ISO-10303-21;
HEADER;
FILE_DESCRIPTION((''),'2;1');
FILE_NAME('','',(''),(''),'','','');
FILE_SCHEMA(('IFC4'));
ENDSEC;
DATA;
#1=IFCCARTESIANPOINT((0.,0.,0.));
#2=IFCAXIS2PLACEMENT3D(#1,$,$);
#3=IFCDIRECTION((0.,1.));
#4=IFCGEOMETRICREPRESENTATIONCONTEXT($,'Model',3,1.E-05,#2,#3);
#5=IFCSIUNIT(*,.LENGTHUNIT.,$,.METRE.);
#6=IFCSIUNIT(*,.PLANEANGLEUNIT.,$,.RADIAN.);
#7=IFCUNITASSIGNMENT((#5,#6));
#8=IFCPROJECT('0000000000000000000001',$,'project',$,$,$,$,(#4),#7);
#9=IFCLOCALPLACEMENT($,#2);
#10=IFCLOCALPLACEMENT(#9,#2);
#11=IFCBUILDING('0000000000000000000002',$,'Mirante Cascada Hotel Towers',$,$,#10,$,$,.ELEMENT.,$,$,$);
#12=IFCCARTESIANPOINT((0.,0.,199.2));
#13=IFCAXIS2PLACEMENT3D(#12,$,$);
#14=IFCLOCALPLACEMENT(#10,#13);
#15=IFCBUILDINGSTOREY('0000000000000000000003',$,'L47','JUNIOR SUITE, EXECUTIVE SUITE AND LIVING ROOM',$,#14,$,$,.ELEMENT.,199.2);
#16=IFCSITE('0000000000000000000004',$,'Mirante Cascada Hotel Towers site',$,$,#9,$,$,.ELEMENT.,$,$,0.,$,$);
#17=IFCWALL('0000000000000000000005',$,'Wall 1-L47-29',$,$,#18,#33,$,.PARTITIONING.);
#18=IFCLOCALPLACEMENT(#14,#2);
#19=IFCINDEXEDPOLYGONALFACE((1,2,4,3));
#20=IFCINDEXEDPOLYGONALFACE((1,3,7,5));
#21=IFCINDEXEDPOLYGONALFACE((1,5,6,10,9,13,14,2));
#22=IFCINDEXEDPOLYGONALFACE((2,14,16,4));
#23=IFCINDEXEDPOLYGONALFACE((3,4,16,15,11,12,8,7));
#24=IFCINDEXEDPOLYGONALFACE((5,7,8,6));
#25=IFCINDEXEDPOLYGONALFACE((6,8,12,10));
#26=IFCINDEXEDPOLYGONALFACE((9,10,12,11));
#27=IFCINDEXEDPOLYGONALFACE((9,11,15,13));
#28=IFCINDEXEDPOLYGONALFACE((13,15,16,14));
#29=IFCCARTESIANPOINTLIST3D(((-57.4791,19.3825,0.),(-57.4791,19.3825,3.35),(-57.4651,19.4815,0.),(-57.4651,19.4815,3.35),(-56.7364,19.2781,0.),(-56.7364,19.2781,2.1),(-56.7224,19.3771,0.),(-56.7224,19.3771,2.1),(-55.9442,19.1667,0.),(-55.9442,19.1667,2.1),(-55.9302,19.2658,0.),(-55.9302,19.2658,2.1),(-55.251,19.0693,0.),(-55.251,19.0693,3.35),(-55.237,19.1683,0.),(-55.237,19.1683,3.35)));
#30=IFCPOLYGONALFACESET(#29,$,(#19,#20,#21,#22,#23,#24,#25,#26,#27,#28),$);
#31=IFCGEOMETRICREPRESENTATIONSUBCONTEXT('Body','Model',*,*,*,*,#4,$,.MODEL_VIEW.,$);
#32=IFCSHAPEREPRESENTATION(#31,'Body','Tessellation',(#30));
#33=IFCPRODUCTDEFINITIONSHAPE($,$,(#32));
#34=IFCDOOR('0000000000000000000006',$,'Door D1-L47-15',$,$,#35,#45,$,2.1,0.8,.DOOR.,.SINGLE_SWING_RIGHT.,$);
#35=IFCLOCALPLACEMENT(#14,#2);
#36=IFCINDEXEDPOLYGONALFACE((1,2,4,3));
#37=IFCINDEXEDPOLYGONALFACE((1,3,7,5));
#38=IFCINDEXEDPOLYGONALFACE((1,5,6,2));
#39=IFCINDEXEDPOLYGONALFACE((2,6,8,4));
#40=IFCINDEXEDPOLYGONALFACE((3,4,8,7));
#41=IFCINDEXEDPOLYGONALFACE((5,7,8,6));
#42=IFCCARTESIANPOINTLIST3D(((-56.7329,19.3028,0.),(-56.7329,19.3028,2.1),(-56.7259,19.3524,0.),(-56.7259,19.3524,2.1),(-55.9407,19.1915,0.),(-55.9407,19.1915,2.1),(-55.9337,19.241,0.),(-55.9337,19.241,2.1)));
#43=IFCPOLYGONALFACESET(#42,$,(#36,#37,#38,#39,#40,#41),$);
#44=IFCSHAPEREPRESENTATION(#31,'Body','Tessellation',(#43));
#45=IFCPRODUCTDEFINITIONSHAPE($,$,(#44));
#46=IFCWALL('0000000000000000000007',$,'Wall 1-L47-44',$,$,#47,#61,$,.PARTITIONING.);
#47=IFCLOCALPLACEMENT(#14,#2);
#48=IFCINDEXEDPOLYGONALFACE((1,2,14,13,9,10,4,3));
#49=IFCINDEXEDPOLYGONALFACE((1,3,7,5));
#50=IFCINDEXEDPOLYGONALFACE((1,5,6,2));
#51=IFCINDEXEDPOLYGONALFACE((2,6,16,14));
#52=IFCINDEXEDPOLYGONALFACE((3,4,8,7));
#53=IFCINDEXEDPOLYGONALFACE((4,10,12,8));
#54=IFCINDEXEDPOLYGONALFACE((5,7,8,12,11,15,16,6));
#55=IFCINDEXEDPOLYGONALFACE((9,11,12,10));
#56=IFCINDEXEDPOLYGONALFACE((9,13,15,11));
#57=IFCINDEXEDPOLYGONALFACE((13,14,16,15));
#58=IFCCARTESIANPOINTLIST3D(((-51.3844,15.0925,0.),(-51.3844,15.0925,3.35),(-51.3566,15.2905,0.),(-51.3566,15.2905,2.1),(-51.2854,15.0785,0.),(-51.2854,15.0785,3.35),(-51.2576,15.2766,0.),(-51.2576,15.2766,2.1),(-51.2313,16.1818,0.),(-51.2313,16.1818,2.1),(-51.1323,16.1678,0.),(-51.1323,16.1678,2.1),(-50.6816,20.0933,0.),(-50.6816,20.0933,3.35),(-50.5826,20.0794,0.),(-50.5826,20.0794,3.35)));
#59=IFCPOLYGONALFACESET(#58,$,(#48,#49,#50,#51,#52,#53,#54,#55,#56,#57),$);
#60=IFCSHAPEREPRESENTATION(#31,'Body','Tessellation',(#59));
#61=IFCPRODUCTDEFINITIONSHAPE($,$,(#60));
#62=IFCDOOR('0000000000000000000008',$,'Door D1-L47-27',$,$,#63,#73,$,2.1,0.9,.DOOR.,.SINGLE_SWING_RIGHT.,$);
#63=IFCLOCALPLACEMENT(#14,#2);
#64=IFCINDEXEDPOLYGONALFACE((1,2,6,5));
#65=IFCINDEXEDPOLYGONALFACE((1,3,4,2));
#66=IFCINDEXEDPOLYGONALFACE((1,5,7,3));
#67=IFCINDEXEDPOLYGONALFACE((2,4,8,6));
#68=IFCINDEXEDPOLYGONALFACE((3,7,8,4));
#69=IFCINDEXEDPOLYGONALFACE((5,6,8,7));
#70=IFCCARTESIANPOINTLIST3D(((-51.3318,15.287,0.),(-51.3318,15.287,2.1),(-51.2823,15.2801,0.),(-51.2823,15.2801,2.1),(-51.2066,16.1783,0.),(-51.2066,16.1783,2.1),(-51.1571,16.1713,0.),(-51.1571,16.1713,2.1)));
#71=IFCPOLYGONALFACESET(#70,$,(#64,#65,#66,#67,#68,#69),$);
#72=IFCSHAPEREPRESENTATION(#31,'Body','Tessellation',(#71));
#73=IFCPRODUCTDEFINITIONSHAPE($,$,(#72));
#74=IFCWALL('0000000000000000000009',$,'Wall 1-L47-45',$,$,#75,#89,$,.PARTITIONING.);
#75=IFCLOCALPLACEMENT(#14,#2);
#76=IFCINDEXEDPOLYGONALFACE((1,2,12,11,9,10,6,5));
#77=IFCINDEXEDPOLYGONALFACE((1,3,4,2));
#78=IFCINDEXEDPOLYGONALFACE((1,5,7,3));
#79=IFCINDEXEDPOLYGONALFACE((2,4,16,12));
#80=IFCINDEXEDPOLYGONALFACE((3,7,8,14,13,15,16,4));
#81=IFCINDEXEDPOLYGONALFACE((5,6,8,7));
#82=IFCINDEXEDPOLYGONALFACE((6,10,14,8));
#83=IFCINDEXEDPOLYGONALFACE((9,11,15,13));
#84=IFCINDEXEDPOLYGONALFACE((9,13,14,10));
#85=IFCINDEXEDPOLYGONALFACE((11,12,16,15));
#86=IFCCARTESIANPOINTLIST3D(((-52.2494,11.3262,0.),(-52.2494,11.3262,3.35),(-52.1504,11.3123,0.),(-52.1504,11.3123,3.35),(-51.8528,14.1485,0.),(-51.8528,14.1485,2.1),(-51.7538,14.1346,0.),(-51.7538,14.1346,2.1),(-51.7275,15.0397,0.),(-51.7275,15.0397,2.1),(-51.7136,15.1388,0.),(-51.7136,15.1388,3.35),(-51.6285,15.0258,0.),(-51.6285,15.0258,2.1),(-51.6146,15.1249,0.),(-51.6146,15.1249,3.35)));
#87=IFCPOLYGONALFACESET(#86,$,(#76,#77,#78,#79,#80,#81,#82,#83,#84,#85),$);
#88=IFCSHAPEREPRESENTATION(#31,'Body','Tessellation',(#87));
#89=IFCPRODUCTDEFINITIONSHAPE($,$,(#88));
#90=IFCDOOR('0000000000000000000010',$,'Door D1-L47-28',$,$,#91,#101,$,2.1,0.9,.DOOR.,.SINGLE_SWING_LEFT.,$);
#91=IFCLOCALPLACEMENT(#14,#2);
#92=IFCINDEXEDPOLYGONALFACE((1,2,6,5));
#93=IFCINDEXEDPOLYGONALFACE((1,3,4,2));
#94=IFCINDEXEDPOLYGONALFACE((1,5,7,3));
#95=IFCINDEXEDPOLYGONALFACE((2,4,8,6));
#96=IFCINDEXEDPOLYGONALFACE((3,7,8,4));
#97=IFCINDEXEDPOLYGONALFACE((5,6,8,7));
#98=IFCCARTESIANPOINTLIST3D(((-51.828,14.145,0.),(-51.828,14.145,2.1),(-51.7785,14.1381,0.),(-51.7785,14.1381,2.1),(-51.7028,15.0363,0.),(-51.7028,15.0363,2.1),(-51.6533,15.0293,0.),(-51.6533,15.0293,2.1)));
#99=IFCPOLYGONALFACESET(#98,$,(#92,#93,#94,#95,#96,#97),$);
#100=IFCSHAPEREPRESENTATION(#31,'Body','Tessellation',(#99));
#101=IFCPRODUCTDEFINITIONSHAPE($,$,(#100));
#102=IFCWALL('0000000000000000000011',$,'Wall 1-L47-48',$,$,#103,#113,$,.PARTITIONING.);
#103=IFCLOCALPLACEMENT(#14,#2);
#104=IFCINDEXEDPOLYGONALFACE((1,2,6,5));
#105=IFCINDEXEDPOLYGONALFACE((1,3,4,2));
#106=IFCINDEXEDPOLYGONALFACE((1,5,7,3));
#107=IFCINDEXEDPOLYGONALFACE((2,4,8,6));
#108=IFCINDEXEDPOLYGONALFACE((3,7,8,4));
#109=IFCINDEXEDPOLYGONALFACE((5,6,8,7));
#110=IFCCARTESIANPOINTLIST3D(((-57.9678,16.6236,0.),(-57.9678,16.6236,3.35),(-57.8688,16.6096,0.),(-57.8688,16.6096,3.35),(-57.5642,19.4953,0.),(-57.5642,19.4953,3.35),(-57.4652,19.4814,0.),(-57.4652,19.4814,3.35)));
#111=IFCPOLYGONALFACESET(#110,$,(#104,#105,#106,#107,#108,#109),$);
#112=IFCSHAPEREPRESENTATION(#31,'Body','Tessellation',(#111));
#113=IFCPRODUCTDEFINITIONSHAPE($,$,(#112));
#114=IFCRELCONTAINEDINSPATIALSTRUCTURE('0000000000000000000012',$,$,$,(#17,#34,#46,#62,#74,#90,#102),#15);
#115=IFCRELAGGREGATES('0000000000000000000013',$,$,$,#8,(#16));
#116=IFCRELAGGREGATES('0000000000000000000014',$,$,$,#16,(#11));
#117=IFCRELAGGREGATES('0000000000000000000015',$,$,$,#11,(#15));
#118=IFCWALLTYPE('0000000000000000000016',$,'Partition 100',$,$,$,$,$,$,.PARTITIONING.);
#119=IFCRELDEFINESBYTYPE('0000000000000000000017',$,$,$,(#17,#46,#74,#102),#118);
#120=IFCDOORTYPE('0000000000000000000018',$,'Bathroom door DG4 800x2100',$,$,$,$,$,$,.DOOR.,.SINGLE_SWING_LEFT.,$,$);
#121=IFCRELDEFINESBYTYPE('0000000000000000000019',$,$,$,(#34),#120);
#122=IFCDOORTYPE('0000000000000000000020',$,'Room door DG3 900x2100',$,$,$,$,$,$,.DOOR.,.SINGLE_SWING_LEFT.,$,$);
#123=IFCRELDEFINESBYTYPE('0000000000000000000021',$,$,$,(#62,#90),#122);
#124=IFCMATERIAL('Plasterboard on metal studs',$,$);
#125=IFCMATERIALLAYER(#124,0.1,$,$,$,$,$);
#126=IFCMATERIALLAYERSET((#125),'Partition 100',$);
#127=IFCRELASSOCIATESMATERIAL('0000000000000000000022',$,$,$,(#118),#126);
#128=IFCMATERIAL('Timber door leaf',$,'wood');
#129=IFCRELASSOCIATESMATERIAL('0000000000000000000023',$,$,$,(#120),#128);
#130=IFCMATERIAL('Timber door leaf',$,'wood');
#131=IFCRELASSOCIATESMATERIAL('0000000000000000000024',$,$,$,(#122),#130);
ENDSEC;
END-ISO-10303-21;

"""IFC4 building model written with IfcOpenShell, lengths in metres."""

from ifc_helpers import new_model, si_unit, direction, frame, frame_2d, origin, place, context, subcontext, project, spatial, rectangle, extrude, material, layer, layer_set, type_object, element, fill, save


model = new_model("IFC4")

# Units and contexts
model_context = context("Model", 3, precision=1e-05, world=origin(), true_north=direction((0.0, 1.0)))
body_context = subcontext(model_context, "Body", "Model", "MODEL_VIEW")
ifc_project = project(units=[si_unit("LENGTHUNIT", "METRE"), si_unit("PLANEANGLEUNIT", "RADIAN")], contexts=[model_context])

# Site, building, storey
site_placement = place(None, origin())
site = spatial("IfcSite", under=ifc_project, at=site_placement, Name="Mirante Cascada Hotel Towers site", CompositionType="ELEMENT", RefElevation=0.0)
building_placement = place(site_placement, origin())
building = spatial("IfcBuilding", under=site, at=building_placement, Name="Mirante Cascada Hotel Towers", CompositionType="ELEMENT")
storey_placement = place(building_placement, frame((0.0, 0.0, 199.2)))
storey = spatial("IfcBuildingStorey", under=building, at=storey_placement, Name="L47", Description="JUNIOR SUITE, EXECUTIVE SUITE AND LIVING ROOM", CompositionType="ELEMENT", Elevation=199.2)

# Shared definitions
ifc_material_1 = material(Name="Plasterboard on metal studs")
ifc_layer_1 = layer(ifc_material_1, 0.1)
ifc_layer_set_1 = layer_set([ifc_layer_1], Name="Partition 100")
wall_type_1 = type_object("IfcWallType", Name="Partition 100", PredefinedType="PARTITIONING", material=ifc_layer_set_1)
ifc_material_2 = material(Name="Timber door leaf", Category="wood")
door_type_1 = type_object("IfcDoorType", Name="Bathroom door DG4 800x2100", OperationType="SINGLE_SWING_LEFT", PredefinedType="DOOR", material=ifc_material_2)

# Walls, openings, doors
wall_1_placement = place(storey_placement, frame((-57.4721, 19.432, 0.0), z_axis=(0.0, 0.0, 1.0), x_axis=(0.990264, -0.1392, 0.0)))
wall_1 = element("IfcWall", 1, at=wall_1_placement, inside=storey, type_object=wall_type_1, Name="Wall 1-L47-29", PredefinedType="PARTITIONING", context=body_context, shape_type="SweptSolid", body=[
    extrude(rectangle(XDim=2.25, YDim=0.1, at=frame_2d((1.125, 0.0))), origin(), (0.0, 0.0, 1.0), 3.35),
])
opening_1_placement = place(wall_1_placement, frame((0.75, 0.0, 0.0)))
opening_1 = element("IfcOpeningElement", 2, at=opening_1_placement, cuts=wall_1, PredefinedType="OPENING", context=body_context, shape_type="SweptSolid", body=[
    extrude(rectangle(XDim=0.8, YDim=2.1, at=frame_2d((0.4, 1.05))), frame((0.0, 0.05, 0.0), z_axis=(0.0, -1.0, 0.0), x_axis=(1.0, 0.0, 0.0)), (0.0, 0.0, 1.0), 0.1),
])
door_1_placement = place(opening_1_placement, frame((0.8, 0.0, 0.0), z_axis=(0.0, 0.0, 1.0), x_axis=(-1.0, 0.0, 0.0)))
door_1 = element("IfcDoor", 3, at=door_1_placement, inside=storey, type_object=door_type_1, Name="Door D1-L47-15", OperationType="SINGLE_SWING_RIGHT", OverallHeight=2.1, OverallWidth=0.8, PredefinedType="DOOR", context=body_context, shape_type="SweptSolid", body=[
    extrude(rectangle(XDim=0.8, YDim=2.1, at=frame_2d((0.4, 1.05))), frame((0.0, 0.025, 0.0), z_axis=(0.0, -1.0, 0.0), x_axis=(1.0, 0.0, 0.0)), (0.0, 0.0, 1.0), 0.05),
])
fill(opening_1, door_1)
wall_2_placement = place(storey_placement, frame((-51.3349, 15.0855, 0.0), z_axis=(0.0, 0.0, 1.0), x_axis=(0.139167, 0.990269, 0.0)))
wall_2 = element("IfcWall", 4, at=wall_2_placement, inside=storey, type_object=wall_type_1, Name="Wall 1-L47-44", PredefinedType="PARTITIONING", context=body_context, shape_type="SweptSolid", body=[
    extrude(rectangle(XDim=5.05, YDim=0.1, at=frame_2d((2.525, 0.0))), origin(), (0.0, 0.0, 1.0), 3.35),
])
opening_2_placement = place(wall_2_placement, frame((0.2, 0.0, 0.0)))
opening_2 = element("IfcOpeningElement", 5, at=opening_2_placement, cuts=wall_2, PredefinedType="OPENING", context=body_context, shape_type="SweptSolid", body=[
    extrude(rectangle(XDim=0.9, YDim=2.1, at=frame_2d((0.45, 1.05))), frame((0.0, 0.05, 0.0), z_axis=(0.0, -1.0, 0.0), x_axis=(1.0, 0.0, 0.0)), (0.0, 0.0, 1.0), 0.1),
])
ifc_material_3 = material(Name="Timber door leaf", Category="wood")
door_type_2 = type_object("IfcDoorType", Name="Room door DG3 900x2100", OperationType="SINGLE_SWING_LEFT", PredefinedType="DOOR", material=ifc_material_3)
door_2_placement = place(opening_2_placement, frame((0.9, 0.0, 0.0), z_axis=(0.0, 0.0, 1.0), x_axis=(-1.0, 0.0, 0.0)))
door_2 = element("IfcDoor", 6, at=door_2_placement, inside=storey, type_object=door_type_2, Name="Door D1-L47-27", OperationType="SINGLE_SWING_RIGHT", OverallHeight=2.1, OverallWidth=0.9, PredefinedType="DOOR", context=body_context, shape_type="SweptSolid", body=[
    extrude(rectangle(XDim=0.9, YDim=2.1, at=frame_2d((0.45, 1.05))), frame((0.0, 0.025, 0.0), z_axis=(0.0, -1.0, 0.0), x_axis=(1.0, 0.0, 0.0)), (0.0, 0.0, 1.0), 0.05),
])
fill(opening_2, door_2)
wall_3_placement = place(storey_placement, frame((-51.6641, 15.1318, 0.0), z_axis=(0.0, 0.0, 1.0), x_axis=(-0.139166, -0.990269, 0.0)))
wall_3 = element("IfcWall", 7, at=wall_3_placement, inside=storey, type_object=wall_type_1, Name="Wall 1-L47-45", PredefinedType="PARTITIONING", context=body_context, shape_type="SweptSolid", body=[
    extrude(rectangle(XDim=3.8501, YDim=0.1, at=frame_2d((1.925, 0.0))), origin(), (0.0, 0.0, 1.0), 3.35),
])
opening_3_placement = place(wall_3_placement, frame((0.1, 0.0, 0.0)))
opening_3 = element("IfcOpeningElement", 8, at=opening_3_placement, cuts=wall_3, PredefinedType="OPENING", context=body_context, shape_type="SweptSolid", body=[
    extrude(rectangle(XDim=0.9, YDim=2.1, at=frame_2d((0.45, 1.05))), frame((0.0, 0.05, 0.0), z_axis=(0.0, -1.0, 0.0), x_axis=(1.0, 0.0, 0.0)), (0.0, 0.0, 1.0), 0.1),
])
door_3_placement = place(opening_3_placement, origin())
door_3 = element("IfcDoor", 9, at=door_3_placement, inside=storey, type_object=door_type_2, Name="Door D1-L47-28", OperationType="SINGLE_SWING_LEFT", OverallHeight=2.1, OverallWidth=0.9, PredefinedType="DOOR", context=body_context, shape_type="SweptSolid", body=[
    extrude(rectangle(XDim=0.9, YDim=2.1, at=frame_2d((0.45, 1.05))), frame((0.0, 0.025, 0.0), z_axis=(0.0, -1.0, 0.0), x_axis=(1.0, 0.0, 0.0)), (0.0, 0.0, 1.0), 0.05),
])
fill(opening_3, door_3)

# Wall
wall_4_placement = place(storey_placement, frame((-57.9183, 16.6166, 0.0), z_axis=(0.0, 0.0, 1.0), x_axis=(0.139171, 0.990268, 0.0)))
element("IfcWall", 10, at=wall_4_placement, inside=storey, type_object=wall_type_1, Name="Wall 1-L47-48", PredefinedType="PARTITIONING", context=body_context, shape_type="SweptSolid", body=[
    extrude(rectangle(XDim=2.9, YDim=0.1, at=frame_2d((1.45, 0.0))), origin(), (0.0, 0.0, 1.0), 3.35),
])

save(model, "model.ifc")
